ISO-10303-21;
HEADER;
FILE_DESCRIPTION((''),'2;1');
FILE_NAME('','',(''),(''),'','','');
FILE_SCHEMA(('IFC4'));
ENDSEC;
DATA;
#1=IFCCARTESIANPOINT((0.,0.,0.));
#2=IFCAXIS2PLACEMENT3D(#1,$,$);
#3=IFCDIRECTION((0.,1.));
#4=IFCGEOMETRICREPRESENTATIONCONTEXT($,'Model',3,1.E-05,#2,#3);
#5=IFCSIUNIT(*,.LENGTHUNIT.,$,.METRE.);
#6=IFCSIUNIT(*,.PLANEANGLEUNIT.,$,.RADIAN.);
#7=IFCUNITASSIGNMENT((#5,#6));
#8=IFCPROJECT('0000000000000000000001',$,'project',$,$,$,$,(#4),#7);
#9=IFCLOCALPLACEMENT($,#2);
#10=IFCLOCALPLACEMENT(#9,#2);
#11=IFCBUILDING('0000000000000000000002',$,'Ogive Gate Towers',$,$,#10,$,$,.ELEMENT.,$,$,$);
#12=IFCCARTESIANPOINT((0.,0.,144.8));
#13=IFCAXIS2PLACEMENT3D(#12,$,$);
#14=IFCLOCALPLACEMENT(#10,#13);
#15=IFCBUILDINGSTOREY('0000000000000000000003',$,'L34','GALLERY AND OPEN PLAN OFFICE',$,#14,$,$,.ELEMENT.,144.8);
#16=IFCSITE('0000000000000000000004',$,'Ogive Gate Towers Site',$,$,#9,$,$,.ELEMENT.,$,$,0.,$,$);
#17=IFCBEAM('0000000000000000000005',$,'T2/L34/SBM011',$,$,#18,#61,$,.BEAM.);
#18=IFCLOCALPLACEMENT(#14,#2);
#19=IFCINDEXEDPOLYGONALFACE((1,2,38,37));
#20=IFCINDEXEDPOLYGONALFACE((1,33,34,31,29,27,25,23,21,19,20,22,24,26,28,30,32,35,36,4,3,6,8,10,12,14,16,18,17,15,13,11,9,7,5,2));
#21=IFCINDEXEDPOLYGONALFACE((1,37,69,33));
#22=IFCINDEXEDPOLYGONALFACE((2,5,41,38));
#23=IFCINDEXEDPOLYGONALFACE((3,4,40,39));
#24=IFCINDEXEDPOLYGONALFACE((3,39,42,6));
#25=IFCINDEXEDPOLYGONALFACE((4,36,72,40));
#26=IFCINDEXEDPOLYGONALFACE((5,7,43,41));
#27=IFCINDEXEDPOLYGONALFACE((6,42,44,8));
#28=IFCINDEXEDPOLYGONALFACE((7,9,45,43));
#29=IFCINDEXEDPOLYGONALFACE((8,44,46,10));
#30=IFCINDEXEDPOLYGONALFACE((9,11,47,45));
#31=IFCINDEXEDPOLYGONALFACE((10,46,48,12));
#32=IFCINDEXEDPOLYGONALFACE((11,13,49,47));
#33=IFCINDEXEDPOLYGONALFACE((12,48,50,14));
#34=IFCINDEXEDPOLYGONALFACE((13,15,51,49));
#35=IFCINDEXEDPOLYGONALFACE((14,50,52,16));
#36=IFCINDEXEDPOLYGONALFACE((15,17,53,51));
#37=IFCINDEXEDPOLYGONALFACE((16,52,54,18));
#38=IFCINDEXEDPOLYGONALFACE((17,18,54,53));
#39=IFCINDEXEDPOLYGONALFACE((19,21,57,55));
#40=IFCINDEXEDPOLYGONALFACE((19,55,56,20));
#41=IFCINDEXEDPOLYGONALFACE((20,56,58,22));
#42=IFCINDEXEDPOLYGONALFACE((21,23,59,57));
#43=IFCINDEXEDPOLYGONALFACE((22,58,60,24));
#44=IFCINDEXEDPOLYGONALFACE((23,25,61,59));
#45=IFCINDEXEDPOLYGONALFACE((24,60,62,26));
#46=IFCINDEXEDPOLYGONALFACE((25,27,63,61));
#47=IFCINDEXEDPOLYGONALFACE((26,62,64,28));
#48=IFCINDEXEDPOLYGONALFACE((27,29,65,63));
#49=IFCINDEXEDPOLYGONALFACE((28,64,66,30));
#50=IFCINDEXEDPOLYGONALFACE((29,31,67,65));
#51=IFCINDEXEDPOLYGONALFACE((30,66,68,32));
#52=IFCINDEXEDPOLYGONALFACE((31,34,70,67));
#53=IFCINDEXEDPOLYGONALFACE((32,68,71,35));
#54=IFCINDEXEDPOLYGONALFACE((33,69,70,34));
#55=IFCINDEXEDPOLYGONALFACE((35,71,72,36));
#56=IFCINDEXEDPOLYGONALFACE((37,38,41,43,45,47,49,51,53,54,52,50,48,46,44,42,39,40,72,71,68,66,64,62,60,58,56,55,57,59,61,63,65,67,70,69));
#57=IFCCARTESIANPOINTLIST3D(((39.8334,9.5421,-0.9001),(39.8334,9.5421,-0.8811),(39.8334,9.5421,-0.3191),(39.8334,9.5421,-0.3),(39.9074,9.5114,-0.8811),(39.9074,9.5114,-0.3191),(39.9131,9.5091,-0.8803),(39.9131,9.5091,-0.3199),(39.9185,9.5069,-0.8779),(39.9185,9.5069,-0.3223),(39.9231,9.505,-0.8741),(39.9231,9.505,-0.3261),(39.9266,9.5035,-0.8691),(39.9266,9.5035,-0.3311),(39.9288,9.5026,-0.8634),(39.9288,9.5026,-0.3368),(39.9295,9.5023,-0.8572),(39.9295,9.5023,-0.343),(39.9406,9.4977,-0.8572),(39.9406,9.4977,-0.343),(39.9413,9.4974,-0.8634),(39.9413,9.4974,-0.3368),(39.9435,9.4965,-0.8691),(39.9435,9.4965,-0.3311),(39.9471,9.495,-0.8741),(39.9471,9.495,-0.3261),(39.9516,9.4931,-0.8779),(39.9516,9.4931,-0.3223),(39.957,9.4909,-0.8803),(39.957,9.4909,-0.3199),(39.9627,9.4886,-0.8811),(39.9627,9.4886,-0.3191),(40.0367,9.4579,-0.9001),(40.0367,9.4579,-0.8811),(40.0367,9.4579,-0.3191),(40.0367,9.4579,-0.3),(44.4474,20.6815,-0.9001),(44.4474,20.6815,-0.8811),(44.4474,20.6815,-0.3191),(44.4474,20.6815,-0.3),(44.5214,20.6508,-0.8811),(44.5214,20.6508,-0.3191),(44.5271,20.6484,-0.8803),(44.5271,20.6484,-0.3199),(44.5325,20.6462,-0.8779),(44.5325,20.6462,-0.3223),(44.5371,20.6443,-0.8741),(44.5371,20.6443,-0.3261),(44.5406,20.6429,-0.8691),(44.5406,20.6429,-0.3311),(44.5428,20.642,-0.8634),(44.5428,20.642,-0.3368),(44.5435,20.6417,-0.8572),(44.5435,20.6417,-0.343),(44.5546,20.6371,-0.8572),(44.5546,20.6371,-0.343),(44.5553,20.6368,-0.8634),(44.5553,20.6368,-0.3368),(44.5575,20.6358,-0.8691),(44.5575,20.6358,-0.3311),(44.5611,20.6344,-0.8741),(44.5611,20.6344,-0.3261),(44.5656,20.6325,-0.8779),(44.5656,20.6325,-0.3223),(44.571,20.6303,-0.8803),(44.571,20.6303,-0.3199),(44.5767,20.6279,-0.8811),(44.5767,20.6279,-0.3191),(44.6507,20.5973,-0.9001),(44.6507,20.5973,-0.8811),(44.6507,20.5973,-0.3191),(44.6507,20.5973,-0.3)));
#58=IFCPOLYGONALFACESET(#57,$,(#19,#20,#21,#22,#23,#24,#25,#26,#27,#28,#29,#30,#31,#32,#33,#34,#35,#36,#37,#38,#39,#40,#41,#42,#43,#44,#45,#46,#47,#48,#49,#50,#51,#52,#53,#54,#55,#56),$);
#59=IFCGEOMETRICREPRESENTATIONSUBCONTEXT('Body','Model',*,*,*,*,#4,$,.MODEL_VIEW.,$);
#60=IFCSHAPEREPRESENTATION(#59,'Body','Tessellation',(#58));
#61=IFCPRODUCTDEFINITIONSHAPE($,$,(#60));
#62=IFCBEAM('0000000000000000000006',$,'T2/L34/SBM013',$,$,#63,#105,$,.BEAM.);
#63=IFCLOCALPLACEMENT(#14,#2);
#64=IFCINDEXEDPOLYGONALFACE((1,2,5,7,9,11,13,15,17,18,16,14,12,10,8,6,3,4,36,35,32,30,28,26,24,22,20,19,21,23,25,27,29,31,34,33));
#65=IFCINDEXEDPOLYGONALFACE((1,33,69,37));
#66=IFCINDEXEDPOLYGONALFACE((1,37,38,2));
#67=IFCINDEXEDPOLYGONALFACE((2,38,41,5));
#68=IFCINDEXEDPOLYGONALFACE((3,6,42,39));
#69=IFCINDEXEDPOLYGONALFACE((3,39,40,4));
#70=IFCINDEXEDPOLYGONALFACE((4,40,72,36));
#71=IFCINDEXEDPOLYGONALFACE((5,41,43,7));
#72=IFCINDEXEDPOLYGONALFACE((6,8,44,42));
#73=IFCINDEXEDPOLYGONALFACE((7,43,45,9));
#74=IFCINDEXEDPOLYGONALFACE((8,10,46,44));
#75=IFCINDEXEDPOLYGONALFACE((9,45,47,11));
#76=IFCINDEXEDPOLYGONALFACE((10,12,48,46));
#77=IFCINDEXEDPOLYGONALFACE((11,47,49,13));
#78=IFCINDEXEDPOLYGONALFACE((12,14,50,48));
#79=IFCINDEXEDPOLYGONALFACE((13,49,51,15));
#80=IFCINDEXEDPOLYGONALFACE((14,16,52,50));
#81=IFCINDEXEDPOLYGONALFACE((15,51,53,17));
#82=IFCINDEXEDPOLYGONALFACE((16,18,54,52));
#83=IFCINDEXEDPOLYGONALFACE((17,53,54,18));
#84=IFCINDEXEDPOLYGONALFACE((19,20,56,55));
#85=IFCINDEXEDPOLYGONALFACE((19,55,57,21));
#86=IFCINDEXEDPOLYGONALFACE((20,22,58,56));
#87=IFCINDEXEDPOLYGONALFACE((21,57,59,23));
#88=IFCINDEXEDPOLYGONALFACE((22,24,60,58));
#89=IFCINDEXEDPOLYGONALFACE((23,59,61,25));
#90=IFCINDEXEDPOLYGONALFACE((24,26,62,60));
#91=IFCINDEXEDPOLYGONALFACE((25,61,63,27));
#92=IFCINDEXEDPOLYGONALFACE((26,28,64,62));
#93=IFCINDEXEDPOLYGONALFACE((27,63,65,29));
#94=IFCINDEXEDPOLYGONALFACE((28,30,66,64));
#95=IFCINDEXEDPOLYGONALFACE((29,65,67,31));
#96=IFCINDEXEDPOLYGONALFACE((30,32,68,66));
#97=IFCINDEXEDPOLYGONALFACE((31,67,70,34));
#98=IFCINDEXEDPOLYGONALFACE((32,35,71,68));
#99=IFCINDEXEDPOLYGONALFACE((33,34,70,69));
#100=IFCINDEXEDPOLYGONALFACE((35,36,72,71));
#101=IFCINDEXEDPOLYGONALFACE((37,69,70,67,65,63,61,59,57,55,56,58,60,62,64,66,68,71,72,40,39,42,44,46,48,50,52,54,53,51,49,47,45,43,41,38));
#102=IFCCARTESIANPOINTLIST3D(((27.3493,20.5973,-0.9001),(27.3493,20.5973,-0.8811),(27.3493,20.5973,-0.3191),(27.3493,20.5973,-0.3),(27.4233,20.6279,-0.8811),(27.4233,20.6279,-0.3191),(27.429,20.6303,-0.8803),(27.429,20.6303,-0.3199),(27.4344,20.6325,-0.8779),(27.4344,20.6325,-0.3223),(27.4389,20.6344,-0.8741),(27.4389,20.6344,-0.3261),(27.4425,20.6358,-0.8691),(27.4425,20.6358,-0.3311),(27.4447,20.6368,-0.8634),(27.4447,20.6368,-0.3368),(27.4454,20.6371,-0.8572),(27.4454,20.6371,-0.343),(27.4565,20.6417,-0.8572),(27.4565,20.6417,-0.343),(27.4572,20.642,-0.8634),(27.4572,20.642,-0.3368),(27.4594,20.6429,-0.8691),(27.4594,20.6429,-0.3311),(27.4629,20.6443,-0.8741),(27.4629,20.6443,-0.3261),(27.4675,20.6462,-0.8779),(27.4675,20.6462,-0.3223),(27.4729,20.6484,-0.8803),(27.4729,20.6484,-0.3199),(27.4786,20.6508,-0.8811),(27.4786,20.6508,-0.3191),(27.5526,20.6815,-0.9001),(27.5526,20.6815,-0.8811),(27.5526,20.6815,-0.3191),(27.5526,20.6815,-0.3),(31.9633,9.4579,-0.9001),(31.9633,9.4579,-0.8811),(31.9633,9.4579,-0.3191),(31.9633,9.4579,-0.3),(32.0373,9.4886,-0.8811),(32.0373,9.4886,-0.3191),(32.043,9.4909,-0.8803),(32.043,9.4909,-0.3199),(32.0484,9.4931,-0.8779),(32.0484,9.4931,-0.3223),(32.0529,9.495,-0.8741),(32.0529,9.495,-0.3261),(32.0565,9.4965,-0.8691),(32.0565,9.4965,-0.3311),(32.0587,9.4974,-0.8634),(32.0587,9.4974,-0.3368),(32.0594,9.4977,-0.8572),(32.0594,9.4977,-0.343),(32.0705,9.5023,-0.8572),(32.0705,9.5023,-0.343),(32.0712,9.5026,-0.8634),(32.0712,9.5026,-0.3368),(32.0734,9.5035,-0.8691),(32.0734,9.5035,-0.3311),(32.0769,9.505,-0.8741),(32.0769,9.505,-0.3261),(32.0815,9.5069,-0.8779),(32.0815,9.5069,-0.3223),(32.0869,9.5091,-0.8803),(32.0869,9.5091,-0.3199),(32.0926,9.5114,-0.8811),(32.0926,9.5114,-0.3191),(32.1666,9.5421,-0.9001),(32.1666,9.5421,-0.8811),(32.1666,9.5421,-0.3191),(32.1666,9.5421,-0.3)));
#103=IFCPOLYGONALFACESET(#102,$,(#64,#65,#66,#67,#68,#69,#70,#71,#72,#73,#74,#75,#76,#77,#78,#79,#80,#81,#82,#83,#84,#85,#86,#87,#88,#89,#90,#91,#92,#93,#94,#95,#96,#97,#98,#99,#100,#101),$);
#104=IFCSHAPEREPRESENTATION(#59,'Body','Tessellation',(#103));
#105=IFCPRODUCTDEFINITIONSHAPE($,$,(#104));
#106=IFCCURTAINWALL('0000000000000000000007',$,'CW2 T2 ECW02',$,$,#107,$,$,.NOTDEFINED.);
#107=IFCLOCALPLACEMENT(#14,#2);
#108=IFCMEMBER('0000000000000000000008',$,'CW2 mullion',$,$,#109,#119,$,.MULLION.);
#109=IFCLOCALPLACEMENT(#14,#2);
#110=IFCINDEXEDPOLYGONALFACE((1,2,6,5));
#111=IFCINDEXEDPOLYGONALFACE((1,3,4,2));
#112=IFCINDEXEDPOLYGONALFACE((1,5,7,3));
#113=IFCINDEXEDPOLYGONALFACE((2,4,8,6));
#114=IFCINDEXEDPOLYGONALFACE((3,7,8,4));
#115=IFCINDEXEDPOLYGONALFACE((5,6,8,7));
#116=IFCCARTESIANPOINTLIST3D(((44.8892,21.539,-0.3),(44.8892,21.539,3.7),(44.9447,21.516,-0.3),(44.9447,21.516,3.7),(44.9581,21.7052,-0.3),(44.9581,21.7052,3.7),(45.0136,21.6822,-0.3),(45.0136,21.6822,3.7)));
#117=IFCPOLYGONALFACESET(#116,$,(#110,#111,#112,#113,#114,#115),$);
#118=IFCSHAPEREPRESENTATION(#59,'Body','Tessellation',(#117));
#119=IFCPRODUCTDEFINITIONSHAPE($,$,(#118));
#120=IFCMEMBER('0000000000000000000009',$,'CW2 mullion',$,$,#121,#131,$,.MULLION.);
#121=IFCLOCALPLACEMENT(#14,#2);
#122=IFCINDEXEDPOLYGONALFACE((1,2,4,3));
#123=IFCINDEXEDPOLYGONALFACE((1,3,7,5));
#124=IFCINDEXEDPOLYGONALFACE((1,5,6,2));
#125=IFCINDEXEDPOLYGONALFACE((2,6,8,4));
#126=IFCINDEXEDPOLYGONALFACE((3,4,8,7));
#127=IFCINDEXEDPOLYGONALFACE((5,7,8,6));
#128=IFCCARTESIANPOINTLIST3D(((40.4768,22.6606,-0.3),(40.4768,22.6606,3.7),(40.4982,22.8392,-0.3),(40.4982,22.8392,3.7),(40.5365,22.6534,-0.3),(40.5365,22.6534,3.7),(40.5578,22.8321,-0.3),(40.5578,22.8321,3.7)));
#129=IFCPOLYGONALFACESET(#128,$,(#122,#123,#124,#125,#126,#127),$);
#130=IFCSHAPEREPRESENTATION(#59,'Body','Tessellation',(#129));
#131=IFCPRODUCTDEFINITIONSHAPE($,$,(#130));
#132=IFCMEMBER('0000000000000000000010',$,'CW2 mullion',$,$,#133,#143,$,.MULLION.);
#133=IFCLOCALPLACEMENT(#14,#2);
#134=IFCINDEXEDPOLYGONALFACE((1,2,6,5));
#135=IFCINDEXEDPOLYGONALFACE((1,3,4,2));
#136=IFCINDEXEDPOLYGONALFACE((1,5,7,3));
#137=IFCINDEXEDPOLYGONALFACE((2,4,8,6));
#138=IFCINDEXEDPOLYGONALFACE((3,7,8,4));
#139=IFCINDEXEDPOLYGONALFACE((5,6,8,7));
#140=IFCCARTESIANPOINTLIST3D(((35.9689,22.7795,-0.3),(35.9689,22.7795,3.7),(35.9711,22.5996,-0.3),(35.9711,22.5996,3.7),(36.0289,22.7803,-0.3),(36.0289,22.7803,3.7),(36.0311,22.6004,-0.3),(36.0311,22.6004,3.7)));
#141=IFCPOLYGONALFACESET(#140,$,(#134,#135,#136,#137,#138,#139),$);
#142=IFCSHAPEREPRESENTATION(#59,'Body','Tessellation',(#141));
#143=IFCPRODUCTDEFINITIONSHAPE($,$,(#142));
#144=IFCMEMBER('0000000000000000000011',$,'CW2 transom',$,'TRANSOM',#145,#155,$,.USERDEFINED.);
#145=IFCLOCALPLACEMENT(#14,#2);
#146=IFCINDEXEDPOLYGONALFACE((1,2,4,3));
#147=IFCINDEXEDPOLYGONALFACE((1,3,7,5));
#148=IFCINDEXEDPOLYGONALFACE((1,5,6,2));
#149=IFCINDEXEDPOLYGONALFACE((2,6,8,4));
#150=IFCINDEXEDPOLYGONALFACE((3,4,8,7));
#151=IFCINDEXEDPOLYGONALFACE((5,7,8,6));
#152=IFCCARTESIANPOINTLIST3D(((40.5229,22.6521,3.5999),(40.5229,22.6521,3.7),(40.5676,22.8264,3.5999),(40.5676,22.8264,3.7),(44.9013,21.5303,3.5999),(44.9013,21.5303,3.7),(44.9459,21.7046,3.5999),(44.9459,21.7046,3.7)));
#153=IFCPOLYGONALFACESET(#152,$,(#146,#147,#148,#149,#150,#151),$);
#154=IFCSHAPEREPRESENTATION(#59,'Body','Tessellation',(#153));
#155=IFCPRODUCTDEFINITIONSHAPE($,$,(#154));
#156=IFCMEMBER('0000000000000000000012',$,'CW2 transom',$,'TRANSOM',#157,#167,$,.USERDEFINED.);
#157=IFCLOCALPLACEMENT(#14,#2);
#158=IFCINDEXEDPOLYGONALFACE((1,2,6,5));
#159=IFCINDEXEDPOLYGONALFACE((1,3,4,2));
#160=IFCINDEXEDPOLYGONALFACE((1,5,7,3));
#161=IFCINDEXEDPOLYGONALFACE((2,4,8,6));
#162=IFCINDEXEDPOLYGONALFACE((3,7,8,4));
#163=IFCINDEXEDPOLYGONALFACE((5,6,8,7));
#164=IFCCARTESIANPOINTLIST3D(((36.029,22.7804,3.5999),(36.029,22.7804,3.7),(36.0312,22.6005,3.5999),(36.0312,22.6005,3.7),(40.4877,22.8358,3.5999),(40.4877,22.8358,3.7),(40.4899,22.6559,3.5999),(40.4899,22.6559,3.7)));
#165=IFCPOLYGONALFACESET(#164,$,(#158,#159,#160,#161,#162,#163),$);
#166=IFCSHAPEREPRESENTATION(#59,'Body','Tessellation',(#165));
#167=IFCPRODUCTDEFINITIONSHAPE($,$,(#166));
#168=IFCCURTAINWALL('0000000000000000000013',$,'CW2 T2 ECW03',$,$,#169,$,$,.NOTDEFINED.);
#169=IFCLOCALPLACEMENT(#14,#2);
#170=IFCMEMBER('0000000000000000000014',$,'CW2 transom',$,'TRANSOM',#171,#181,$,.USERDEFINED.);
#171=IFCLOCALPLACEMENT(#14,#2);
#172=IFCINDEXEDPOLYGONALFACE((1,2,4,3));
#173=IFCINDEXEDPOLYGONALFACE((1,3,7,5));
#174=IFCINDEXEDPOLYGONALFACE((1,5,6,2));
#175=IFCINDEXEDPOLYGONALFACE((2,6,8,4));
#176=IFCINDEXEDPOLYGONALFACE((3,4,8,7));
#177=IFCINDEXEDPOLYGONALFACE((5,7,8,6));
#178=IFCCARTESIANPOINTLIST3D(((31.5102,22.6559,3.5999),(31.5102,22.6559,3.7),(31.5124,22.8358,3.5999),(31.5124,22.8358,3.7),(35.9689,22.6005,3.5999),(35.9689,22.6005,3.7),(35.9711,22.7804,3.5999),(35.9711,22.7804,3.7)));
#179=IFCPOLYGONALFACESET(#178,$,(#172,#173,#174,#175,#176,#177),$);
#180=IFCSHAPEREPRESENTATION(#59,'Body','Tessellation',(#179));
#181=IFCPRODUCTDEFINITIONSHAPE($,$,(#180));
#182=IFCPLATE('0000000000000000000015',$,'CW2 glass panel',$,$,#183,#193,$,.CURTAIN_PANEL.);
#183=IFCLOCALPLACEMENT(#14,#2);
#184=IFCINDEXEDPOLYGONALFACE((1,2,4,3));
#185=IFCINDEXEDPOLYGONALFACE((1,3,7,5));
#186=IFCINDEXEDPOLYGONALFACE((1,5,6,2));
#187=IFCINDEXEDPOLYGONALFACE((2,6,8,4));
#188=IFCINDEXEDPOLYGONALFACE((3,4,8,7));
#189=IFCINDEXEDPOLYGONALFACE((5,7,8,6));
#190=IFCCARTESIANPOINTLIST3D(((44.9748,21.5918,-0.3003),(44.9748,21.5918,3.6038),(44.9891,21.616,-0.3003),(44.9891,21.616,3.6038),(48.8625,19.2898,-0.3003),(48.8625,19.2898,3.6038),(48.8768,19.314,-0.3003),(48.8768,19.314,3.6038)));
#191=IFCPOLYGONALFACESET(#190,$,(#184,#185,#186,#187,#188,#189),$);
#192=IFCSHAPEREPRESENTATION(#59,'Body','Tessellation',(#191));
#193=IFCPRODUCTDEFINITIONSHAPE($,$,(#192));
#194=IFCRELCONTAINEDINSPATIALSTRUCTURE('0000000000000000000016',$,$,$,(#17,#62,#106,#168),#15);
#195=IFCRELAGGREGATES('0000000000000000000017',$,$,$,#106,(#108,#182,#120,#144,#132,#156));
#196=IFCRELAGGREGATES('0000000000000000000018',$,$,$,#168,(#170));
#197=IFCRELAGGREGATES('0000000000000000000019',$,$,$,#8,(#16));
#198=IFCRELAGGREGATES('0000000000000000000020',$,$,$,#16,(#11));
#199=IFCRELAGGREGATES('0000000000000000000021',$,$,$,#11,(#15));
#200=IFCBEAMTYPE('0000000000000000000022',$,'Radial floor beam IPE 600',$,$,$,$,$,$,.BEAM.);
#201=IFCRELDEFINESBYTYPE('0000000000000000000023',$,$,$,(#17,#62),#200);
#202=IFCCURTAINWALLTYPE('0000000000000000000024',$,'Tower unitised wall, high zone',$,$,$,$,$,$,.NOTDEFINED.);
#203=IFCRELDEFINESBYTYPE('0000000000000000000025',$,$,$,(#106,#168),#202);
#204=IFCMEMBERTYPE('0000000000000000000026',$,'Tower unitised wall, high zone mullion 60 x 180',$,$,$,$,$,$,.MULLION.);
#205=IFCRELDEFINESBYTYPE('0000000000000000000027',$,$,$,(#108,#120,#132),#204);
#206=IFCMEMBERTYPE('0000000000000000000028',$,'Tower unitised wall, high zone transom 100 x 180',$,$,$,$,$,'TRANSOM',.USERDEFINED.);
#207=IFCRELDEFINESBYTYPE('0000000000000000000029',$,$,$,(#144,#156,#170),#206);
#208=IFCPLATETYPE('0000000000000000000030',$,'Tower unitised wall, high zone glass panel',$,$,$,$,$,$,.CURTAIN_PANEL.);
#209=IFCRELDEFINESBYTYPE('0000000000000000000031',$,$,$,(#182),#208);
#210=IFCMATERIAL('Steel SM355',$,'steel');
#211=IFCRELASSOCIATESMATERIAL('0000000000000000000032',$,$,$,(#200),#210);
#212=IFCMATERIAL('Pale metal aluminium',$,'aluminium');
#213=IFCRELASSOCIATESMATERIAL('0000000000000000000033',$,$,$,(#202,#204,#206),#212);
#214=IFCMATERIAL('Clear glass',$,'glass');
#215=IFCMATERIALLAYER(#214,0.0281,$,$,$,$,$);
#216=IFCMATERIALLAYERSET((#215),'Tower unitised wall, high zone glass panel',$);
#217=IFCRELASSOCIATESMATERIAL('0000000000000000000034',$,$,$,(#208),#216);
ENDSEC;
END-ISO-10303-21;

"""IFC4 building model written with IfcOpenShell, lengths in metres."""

from ifc_helpers import new_model, si_unit, direction, frame, origin, origin_2d, place, context, subcontext, project, spatial, rectangle, i_section, extrude, material, layer, layer_set, material_profile, profile_set, type_object, element, aggregate, save


model = new_model("IFC4")

# Units and contexts
model_context = context("Model", 3, precision=1e-05, world=origin(), true_north=direction((0.0, 1.0)))
body_context = subcontext(model_context, "Body", "Model", "MODEL_VIEW")
ifc_project = project(units=[si_unit("LENGTHUNIT", "METRE"), si_unit("PLANEANGLEUNIT", "RADIAN")], contexts=[model_context])

# Site, building, storey
site_placement = place(None, origin())
site = spatial("IfcSite", under=ifc_project, at=site_placement, Name="Ogive Gate Towers Site", CompositionType="ELEMENT", RefElevation=0.0)
building_placement = place(site_placement, origin())
building = spatial("IfcBuilding", under=site, at=building_placement, Name="Ogive Gate Towers", CompositionType="ELEMENT")
storey_placement = place(building_placement, frame((0.0, 0.0, 144.8)))
storey = spatial("IfcBuildingStorey", under=building, at=storey_placement, Name="L34", Description="GALLERY AND OPEN PLAN OFFICE", CompositionType="ELEMENT", Elevation=144.8)

# Beams
ifc_material_1 = material(Name="Steel SM355", Category="steel")
ifc_material_profile_1 = material_profile(ifc_material_1, i_section(OverallWidth=0.22, OverallDepth=0.6001, WebThickness=0.012, FlangeThickness=0.019, FilletRadius=0.0239, at=origin_2d()), Name="IPE 600")
ifc_profile_set_1 = profile_set([ifc_material_profile_1], Name="Steel SM355")
beam_type_1 = type_object("IfcBeamType", Name="Radial floor beam IPE 600", PredefinedType="BEAM", material=ifc_profile_set_1)
for number, where, z_axis, x_axis, name in (
    (1, (39.9351, 9.5, -0.6001), (0.382678, 0.923882, 0.0), (-0.923882, 0.382678, 0.0), "T2/L34/SBM011"),
    (2, (32.0649, 9.5, -0.6001), (-0.382678, 0.923882, 0.0), (-0.923882, -0.382678, 0.0), "T2/L34/SBM013"),
):
    element("IfcBeam", number, at=place(storey_placement, frame(where, z_axis=z_axis, x_axis=x_axis)), inside=storey, type_object=beam_type_1, Name=name, PredefinedType="BEAM", context=body_context, shape_type="SweptSolid", body=[
        extrude(i_section(OverallWidth=0.22, OverallDepth=0.6001, WebThickness=0.012, FlangeThickness=0.019, FilletRadius=0.0239, at=origin_2d()), origin(), (0.0, 0.0, 1.0), 12.0571),
    ])

# Curtain wall, members
ifc_material_2 = material(Name="Pale metal aluminium", Category="aluminium")
curtain_wall_type = type_object("IfcCurtainWallType", Name="Tower unitised wall, high zone", PredefinedType="NOTDEFINED", material=ifc_material_2)
curtain_wall_1_placement = place(storey_placement, origin())
curtain_wall_1 = element("IfcCurtainWall", 3, at=curtain_wall_1_placement, inside=storey, type_object=curtain_wall_type, Name="CW2 T2 ECW02", PredefinedType="NOTDEFINED")
ifc_material_profile_2 = material_profile(ifc_material_2, rectangle(XDim=0.1799, YDim=0.0601, at=origin_2d()), Name="60 x 180 aluminium box")
ifc_profile_set_2 = profile_set([ifc_material_profile_2], Name="Pale metal aluminium")
member_type_1 = type_object("IfcMemberType", Name="Tower unitised wall, high zone mullion 60 x 180", PredefinedType="MULLION", material=ifc_profile_set_2)
member_1_placement = place(storey_placement, frame((44.9514, 21.6106, -0.3), z_axis=(0.0, 0.0, 1.0), x_axis=(0.382683, 0.92388, 0.0)))
member_1 = element("IfcMember", 4, at=member_1_placement, type_object=member_type_1, Name="CW2 mullion", PredefinedType="MULLION", context=body_context, shape_type="SweptSolid", body=[
    extrude(rectangle(XDim=0.1799, YDim=0.0601, at=origin_2d()), origin(), (0.0, 0.0, 1.0), 4.0),
])
member_2_placement = place(storey_placement, frame((40.5173, 22.7463, -0.3), z_axis=(0.0, 0.0, 1.0), x_axis=(0.118889, 0.992908, 0.0)))
member_2 = element("IfcMember", 5, at=member_2_placement, type_object=member_type_1, Name="CW2 mullion", PredefinedType="MULLION", context=body_context, shape_type="SweptSolid", body=[
    extrude(rectangle(XDim=0.1799, YDim=0.0601, at=origin_2d()), origin(), (0.0, 0.0, 1.0), 4.0),
])
member_3_placement = place(storey_placement, frame((36.0, 22.6899, -0.3), z_axis=(0.0, 0.0, 1.0), x_axis=(-0.012461, 0.999922, 0.0)))
member_3 = element("IfcMember", 6, at=member_3_placement, type_object=member_type_1, Name="CW2 mullion", PredefinedType="MULLION", context=body_context, shape_type="SweptSolid", body=[
    extrude(rectangle(XDim=0.1799, YDim=0.0601, at=origin_2d()), origin(), (0.0, 0.0, 1.0), 4.0),
])
ifc_material_profile_3 = material_profile(ifc_material_2, rectangle(XDim=0.1799, YDim=0.1001, at=origin_2d()), Name="100 x 180 aluminium box")
ifc_profile_set_3 = profile_set([ifc_material_profile_3], Name="Pale metal aluminium")
member_type_2 = type_object("IfcMemberType", Name="Tower unitised wall, high zone transom 100 x 180", ElementType="TRANSOM", PredefinedType="USERDEFINED", material=ifc_profile_set_3)
member_4_placement = place(storey_placement, frame((44.9236, 21.6174, 3.6499), z_axis=(-0.968709, 0.2482, 0.0), x_axis=(-0.2482, -0.968709, 0.0)))
member_4 = element("IfcMember", 7, at=member_4_placement, type_object=member_type_2, Name="CW2 transom", ObjectType="TRANSOM", PredefinedType="USERDEFINED", context=body_context, shape_type="SweptSolid", body=[
    extrude(rectangle(XDim=0.1799, YDim=0.1001, at=origin_2d()), origin(), (0.0, 0.0, 1.0), 4.5198),
])
member_5_placement = place(storey_placement, frame((40.4888, 22.7458, 3.6499), z_axis=(-0.999923, -0.012429, 0.0), x_axis=(0.012429, -0.999923, 0.0)))
member_5 = element("IfcMember", 8, at=member_5_placement, type_object=member_type_2, Name="CW2 transom", ObjectType="TRANSOM", PredefinedType="USERDEFINED", context=body_context, shape_type="SweptSolid", body=[
    extrude(rectangle(XDim=0.1799, YDim=0.1001, at=origin_2d()), origin(), (0.0, 0.0, 1.0), 4.459),
])

# Curtain wall, member
curtain_wall_2_placement = place(storey_placement, origin())
curtain_wall_2 = element("IfcCurtainWall", 9, at=curtain_wall_2_placement, inside=storey, type_object=curtain_wall_type, Name="CW2 T2 ECW03", PredefinedType="NOTDEFINED")
member_6_placement = place(storey_placement, frame((35.97, 22.6904, 3.6499), z_axis=(-0.999923, 0.012429, 0.0), x_axis=(-0.012429, -0.999923, 0.0)))
member_6 = element("IfcMember", 10, at=member_6_placement, type_object=member_type_2, Name="CW2 transom", ObjectType="TRANSOM", PredefinedType="USERDEFINED", context=body_context, shape_type="SweptSolid", body=[
    extrude(rectangle(XDim=0.1799, YDim=0.1001, at=origin_2d()), origin(), (0.0, 0.0, 1.0), 4.459),
])

# Plate
ifc_material_3 = material(Name="Clear glass", Category="glass")
ifc_layer_1 = layer(ifc_material_3, 0.0281)
ifc_layer_set_1 = layer_set([ifc_layer_1], Name="Tower unitised wall, high zone glass panel")
plate_type = type_object("IfcPlateType", Name="Tower unitised wall, high zone glass panel", PredefinedType="CURTAIN_PANEL", material=ifc_layer_set_1)
plate_1_placement = place(storey_placement, frame((46.9258, 20.4529, -0.3003), z_axis=(0.0, 0.0, 1.0), x_axis=(-0.860466, 0.509507, 0.0)))
plate_1 = element("IfcPlate", 11, at=plate_1_placement, type_object=plate_type, Name="CW2 glass panel", PredefinedType="CURTAIN_PANEL", context=body_context, shape_type="SweptSolid", body=[
    extrude(rectangle(XDim=4.5181, YDim=0.0281, at=origin_2d()), origin(), (0.0, 0.0, 1.0), 3.9041),
])
aggregate(curtain_wall_1, [member_1, plate_1, member_2, member_4, member_3, member_5])
aggregate(curtain_wall_2, [member_6])

save(model, "model.ifc")
